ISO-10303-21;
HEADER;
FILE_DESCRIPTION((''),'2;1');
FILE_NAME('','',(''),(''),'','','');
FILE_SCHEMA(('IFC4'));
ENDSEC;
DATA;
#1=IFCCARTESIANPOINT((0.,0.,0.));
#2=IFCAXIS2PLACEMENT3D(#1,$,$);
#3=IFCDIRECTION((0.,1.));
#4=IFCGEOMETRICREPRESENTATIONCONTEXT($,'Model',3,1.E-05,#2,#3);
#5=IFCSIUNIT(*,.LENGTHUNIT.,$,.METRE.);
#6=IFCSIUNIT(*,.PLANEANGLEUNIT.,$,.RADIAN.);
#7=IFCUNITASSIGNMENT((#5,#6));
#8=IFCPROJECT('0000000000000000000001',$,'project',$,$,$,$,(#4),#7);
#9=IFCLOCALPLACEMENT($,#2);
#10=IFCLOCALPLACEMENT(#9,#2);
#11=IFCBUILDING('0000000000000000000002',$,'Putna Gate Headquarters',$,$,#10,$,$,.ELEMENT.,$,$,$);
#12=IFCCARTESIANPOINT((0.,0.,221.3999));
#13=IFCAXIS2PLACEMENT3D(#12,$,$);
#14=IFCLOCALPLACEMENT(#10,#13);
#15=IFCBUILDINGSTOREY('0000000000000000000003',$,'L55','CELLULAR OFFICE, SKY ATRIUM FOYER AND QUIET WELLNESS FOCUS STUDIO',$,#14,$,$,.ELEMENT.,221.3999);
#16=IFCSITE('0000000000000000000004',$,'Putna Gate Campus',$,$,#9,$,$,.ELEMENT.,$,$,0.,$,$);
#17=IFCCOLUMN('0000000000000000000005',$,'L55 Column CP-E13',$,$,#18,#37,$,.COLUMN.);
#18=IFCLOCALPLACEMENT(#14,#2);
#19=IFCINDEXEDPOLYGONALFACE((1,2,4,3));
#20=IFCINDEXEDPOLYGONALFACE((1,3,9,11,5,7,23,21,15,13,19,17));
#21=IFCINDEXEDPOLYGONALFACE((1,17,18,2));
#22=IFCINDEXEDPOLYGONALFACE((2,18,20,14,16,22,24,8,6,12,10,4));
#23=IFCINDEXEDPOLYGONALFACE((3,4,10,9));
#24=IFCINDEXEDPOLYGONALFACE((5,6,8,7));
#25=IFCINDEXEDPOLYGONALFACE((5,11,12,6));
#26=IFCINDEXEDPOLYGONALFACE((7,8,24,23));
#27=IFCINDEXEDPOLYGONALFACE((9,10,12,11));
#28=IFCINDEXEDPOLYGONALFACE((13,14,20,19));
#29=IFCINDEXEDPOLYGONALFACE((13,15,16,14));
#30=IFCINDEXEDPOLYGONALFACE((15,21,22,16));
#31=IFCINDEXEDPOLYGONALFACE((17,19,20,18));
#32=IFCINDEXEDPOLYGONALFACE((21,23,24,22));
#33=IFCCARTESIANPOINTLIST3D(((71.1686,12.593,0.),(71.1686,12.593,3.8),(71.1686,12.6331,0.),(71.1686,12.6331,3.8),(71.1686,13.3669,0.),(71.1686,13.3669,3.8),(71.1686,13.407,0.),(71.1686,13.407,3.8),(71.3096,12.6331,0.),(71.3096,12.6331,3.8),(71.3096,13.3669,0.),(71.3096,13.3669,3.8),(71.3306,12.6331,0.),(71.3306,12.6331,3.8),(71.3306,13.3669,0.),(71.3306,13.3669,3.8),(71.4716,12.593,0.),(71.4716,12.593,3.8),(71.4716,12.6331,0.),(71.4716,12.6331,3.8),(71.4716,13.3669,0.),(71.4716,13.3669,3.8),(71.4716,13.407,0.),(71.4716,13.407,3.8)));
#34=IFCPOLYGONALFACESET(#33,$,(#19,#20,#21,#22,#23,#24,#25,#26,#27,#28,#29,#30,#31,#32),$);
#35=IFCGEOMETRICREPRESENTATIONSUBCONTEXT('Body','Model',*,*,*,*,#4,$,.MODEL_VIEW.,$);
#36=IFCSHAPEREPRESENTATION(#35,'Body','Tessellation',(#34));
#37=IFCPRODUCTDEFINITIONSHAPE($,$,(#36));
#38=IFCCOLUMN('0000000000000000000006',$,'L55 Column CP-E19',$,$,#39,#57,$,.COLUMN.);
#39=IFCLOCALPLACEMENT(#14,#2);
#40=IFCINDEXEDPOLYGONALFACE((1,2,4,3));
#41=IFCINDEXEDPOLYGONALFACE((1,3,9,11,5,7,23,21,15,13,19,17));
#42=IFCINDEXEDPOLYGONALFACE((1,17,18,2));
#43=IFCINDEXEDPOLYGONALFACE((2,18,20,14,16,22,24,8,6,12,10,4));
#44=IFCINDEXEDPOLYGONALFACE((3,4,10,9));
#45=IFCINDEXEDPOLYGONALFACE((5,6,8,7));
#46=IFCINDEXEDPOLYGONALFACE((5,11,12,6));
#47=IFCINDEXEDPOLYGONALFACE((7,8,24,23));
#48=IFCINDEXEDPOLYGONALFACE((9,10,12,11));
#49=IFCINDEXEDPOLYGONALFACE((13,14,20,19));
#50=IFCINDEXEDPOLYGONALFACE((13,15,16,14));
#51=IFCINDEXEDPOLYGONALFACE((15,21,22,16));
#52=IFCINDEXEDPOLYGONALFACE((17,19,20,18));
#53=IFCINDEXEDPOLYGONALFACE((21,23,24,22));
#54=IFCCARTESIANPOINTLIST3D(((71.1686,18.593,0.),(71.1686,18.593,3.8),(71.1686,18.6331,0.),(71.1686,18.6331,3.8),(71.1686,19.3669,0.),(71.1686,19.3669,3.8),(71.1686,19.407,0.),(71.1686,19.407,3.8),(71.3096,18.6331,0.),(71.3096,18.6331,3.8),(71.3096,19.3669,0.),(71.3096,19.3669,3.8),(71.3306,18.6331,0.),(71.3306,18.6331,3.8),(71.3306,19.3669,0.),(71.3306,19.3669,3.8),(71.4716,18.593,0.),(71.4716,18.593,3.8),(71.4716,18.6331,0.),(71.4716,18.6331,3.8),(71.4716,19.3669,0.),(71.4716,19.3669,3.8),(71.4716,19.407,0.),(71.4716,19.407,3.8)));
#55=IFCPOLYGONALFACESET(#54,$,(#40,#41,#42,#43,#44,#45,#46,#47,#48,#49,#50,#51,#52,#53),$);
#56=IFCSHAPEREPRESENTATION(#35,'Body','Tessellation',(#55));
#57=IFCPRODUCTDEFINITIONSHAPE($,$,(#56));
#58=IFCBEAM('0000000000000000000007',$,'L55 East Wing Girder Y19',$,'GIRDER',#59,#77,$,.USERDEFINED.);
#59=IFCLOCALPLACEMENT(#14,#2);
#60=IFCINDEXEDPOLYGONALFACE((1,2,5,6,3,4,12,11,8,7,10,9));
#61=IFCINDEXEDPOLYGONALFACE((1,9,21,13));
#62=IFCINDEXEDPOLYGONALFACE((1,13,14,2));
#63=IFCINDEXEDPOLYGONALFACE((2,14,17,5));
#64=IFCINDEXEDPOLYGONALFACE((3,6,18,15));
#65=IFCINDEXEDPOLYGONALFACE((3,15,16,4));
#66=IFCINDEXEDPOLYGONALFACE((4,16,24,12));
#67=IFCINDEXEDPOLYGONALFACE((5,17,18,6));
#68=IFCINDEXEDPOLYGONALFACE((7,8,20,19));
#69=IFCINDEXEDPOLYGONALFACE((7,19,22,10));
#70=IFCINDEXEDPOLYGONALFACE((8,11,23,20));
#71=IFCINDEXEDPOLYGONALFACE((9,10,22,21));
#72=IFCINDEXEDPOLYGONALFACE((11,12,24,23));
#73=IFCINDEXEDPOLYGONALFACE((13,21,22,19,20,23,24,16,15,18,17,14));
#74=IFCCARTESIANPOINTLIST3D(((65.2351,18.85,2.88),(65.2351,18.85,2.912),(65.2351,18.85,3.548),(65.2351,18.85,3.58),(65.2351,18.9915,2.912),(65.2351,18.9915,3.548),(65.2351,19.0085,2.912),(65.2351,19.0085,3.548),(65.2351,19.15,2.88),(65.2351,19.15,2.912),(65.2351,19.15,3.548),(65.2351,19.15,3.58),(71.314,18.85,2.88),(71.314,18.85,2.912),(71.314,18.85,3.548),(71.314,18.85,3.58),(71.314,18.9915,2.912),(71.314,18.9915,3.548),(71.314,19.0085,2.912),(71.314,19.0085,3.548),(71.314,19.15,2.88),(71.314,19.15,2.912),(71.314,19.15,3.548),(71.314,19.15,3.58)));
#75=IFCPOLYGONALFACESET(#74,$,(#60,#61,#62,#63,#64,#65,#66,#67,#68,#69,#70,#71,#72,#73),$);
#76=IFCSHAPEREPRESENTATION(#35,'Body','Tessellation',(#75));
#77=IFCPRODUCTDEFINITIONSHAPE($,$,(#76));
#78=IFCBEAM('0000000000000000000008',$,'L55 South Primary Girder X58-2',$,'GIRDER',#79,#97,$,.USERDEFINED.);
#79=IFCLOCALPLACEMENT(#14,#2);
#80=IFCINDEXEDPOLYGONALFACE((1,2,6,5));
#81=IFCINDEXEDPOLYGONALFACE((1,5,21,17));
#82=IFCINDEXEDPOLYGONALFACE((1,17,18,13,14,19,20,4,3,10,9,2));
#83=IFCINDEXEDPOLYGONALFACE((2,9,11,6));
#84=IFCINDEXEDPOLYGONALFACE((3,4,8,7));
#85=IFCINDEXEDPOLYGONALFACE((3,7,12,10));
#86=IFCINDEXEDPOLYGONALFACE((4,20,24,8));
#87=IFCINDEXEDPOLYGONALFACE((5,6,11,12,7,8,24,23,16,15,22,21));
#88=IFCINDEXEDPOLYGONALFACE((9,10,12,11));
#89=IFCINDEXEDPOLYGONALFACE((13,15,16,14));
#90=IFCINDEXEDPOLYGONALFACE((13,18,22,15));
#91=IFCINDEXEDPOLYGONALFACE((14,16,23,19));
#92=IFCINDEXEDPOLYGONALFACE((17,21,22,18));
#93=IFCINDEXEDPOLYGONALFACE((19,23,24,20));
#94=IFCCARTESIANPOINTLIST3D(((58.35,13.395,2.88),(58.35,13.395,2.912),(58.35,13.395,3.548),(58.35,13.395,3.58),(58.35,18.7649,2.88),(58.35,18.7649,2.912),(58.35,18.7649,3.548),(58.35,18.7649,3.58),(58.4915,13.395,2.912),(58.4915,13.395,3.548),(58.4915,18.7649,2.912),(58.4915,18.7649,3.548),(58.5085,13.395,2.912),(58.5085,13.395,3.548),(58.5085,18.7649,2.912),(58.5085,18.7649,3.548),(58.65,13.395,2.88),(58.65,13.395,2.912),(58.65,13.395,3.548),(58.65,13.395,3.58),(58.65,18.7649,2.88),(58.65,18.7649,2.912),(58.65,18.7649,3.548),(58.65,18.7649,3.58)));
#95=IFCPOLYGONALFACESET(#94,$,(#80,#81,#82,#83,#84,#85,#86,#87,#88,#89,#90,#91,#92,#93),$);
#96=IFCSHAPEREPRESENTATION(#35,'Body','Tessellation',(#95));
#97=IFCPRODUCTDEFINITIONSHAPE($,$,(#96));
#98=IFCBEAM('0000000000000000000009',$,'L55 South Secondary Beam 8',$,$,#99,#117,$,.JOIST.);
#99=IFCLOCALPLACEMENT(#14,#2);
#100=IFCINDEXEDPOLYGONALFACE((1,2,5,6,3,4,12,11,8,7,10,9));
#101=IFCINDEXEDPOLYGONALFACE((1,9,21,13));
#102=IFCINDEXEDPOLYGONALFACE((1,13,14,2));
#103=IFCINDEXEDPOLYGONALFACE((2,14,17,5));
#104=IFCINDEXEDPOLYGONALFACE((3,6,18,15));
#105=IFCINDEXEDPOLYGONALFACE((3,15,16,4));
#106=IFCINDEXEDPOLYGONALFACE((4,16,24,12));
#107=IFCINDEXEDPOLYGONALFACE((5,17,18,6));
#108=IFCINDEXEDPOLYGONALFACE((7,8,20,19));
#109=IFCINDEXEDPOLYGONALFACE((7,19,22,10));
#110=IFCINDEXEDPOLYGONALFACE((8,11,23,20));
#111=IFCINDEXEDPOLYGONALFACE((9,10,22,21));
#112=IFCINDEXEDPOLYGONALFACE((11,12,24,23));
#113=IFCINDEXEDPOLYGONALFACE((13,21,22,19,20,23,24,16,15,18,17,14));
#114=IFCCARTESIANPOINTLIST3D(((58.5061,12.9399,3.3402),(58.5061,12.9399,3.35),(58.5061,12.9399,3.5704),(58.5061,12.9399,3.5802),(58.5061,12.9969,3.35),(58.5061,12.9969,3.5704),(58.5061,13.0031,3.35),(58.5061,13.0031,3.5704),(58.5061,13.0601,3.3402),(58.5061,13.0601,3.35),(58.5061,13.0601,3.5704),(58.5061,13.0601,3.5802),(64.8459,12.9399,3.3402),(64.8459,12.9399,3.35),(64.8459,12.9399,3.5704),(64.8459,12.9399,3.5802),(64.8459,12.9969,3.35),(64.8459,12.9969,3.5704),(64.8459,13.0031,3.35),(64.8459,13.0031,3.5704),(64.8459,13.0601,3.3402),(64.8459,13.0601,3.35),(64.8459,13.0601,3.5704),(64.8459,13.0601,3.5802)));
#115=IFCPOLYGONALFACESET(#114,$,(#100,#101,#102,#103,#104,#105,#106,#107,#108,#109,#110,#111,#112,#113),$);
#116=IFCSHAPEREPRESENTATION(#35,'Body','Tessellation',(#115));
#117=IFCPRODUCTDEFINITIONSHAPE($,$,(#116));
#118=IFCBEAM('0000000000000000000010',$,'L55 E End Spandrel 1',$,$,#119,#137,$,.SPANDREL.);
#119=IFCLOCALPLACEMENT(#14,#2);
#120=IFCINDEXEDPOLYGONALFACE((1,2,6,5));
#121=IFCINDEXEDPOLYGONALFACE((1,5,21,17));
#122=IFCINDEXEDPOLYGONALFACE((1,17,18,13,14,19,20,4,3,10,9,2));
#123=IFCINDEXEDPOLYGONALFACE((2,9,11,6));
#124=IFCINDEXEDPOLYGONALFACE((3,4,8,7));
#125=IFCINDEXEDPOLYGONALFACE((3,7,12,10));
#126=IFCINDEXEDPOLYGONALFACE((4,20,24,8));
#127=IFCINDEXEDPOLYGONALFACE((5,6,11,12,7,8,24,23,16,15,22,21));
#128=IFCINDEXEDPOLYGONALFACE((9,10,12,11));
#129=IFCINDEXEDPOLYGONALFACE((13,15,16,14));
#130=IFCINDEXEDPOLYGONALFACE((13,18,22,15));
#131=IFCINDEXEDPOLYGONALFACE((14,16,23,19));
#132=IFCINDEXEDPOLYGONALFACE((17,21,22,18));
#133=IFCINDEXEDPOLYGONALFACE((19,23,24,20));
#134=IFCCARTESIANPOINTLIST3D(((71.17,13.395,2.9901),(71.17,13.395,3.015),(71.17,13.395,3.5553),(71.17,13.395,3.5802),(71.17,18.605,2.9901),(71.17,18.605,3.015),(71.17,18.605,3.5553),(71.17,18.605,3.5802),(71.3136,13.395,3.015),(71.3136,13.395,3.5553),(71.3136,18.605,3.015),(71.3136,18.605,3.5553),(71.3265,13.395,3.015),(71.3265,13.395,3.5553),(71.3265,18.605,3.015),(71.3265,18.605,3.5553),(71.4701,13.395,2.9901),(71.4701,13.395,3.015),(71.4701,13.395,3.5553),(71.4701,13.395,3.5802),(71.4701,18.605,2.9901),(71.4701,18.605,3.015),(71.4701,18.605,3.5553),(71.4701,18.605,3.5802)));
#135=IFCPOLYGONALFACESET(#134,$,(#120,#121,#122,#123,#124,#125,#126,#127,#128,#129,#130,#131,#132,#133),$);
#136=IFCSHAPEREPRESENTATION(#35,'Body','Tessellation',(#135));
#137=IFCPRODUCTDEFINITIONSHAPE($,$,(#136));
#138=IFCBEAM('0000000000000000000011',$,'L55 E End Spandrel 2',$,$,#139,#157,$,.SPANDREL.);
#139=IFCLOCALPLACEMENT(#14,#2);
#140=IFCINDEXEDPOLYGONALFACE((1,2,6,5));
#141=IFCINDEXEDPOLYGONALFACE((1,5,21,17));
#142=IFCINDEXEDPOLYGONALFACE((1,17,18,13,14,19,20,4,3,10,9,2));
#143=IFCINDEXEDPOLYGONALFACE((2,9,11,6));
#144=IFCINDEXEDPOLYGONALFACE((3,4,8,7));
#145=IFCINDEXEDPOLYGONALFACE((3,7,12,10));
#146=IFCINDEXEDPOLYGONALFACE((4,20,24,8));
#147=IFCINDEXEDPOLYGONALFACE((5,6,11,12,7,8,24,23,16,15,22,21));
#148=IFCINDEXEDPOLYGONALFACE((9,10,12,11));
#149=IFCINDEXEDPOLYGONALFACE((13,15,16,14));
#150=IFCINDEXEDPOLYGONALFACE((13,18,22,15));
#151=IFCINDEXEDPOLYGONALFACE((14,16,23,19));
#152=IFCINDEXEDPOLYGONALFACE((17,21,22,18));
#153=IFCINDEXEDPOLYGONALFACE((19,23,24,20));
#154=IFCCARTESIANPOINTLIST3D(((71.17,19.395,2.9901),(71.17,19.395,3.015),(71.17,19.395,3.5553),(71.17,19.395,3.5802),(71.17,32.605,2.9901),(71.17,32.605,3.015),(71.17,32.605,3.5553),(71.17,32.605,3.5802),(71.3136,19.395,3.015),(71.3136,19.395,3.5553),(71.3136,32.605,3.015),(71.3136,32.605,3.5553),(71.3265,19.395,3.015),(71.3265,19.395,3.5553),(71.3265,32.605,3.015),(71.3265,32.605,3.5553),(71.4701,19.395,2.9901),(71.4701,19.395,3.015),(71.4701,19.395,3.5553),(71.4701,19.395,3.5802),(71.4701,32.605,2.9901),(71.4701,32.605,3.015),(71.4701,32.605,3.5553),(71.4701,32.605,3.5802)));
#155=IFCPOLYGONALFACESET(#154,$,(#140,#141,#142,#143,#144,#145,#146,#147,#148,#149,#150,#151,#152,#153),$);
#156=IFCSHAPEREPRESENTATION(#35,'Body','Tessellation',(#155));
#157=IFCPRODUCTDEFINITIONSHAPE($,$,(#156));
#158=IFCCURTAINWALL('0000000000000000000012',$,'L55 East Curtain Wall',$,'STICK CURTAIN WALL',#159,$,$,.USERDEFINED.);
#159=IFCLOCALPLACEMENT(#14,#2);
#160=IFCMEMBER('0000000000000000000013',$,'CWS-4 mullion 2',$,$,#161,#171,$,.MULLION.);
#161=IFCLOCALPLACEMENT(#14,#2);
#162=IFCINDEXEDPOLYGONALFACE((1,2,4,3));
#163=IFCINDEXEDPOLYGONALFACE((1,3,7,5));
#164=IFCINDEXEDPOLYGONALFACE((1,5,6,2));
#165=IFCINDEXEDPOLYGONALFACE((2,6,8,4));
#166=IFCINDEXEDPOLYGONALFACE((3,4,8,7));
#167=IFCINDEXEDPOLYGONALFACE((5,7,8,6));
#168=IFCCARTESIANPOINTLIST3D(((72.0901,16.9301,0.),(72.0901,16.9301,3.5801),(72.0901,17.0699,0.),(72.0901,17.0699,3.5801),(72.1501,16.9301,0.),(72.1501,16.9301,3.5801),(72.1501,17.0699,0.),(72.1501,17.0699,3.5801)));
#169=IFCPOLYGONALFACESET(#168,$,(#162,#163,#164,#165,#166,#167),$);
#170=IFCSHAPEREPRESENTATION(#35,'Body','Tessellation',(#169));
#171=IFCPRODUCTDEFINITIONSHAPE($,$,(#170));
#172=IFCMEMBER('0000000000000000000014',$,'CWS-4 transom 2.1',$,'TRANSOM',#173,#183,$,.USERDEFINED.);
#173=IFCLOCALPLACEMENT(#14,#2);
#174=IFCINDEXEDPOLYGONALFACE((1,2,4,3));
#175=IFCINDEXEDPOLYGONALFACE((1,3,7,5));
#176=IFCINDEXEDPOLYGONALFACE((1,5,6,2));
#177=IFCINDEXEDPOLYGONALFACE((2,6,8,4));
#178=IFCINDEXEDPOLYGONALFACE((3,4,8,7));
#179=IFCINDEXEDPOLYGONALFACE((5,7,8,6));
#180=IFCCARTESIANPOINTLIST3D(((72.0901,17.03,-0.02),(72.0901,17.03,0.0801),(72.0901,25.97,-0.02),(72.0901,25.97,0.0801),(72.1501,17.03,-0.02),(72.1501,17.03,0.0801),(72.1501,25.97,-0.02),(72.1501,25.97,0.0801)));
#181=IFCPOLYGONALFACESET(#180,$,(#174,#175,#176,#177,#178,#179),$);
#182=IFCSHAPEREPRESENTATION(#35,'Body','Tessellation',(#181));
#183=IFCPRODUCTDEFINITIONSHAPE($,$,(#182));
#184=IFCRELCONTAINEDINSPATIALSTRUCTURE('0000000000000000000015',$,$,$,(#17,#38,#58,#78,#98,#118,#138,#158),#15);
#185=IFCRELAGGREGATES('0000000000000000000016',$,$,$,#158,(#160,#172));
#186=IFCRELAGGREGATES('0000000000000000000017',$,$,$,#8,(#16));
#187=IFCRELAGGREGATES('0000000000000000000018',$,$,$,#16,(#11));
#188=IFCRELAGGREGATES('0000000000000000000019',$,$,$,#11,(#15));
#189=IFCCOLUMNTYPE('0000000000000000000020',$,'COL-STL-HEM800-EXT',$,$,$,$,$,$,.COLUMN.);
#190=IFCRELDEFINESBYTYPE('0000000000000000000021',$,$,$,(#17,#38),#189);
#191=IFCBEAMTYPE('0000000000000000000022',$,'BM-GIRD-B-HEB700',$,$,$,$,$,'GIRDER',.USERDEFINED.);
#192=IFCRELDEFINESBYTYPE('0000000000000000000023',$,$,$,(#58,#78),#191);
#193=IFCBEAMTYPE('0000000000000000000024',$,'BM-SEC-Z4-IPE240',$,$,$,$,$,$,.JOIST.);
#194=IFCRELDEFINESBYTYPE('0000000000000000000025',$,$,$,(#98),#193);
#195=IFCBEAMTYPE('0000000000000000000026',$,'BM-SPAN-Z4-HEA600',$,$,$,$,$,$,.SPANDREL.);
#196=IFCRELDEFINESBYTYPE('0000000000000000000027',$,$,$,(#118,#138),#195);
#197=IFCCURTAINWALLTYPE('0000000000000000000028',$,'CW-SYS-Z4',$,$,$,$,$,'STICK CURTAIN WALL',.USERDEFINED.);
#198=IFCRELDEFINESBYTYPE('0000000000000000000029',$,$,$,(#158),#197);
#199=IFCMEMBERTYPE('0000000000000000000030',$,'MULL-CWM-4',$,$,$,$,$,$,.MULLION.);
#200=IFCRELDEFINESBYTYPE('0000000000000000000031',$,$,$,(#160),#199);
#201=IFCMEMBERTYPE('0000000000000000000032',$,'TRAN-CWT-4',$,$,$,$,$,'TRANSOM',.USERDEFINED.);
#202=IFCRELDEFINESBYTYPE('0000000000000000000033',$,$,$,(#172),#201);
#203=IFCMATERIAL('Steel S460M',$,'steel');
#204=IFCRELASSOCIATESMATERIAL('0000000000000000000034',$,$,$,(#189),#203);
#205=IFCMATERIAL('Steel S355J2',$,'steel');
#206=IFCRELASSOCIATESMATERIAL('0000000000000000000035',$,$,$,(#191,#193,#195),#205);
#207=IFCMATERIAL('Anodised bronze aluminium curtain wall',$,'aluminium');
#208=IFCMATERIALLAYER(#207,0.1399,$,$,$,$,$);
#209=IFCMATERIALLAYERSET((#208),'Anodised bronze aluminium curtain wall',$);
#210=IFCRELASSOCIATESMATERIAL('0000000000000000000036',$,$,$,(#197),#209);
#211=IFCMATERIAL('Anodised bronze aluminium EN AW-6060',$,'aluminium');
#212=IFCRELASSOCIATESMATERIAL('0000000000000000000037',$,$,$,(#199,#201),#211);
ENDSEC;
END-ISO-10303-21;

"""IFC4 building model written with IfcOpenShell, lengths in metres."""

from ifc_helpers import new_model, si_unit, direction, frame, origin, origin_2d, place, context, subcontext, project, spatial, rectangle, i_section, extrude, material, layer, layer_set, material_profile, profile_set, type_object, element, aggregate, save


model = new_model("IFC4")

# Units and contexts
model_context = context("Model", 3, precision=1e-05, world=origin(), true_north=direction((0.0, 1.0)))
body_context = subcontext(model_context, "Body", "Model", "MODEL_VIEW")
ifc_project = project(units=[si_unit("LENGTHUNIT", "METRE"), si_unit("PLANEANGLEUNIT", "RADIAN")], contexts=[model_context])

# Site, building, storey
site_placement = place(None, origin())
site = spatial("IfcSite", under=ifc_project, at=site_placement, Name="Putna Gate Campus", CompositionType="ELEMENT", RefElevation=0.0)
building_placement = place(site_placement, origin())
building = spatial("IfcBuilding", under=site, at=building_placement, Name="Putna Gate Headquarters", CompositionType="ELEMENT")
storey_placement = place(building_placement, frame((0.0, 0.0, 221.3999)))
storey = spatial("IfcBuildingStorey", under=building, at=storey_placement, Name="L55", Description="CELLULAR OFFICE, SKY ATRIUM FOYER AND QUIET WELLNESS FOCUS STUDIO", CompositionType="ELEMENT", Elevation=221.3999)

# Columns
ifc_material_1 = material(Name="Steel S460M", Category="steel")
ifc_material_profile_1 = material_profile(ifc_material_1, i_section(OverallWidth=0.303, OverallDepth=0.814, WebThickness=0.021, FlangeThickness=0.04, at=origin_2d()), Name="Steel S460M")
ifc_profile_set_1 = profile_set([ifc_material_profile_1], Name="Steel S460M")
column_type = type_object("IfcColumnType", Name="COL-STL-HEM800-EXT", PredefinedType="COLUMN", material=ifc_profile_set_1)
for number, where, z_axis, x_axis, name in (
    (1, (71.3201, 13.0, 0.0), (0.0, 0.0, 1.0), (1.0, 0.0, 0.0), "L55 Column CP-E13"),
    (2, (71.3201, 19.0, 0.0), (0.0, 0.0, 1.0), (1.0, 0.0, 0.0), "L55 Column CP-E19"),
):
    element("IfcColumn", number, at=place(storey_placement, frame(where, z_axis=z_axis, x_axis=x_axis)), inside=storey, type_object=column_type, Name=name, PredefinedType="COLUMN", context=body_context, shape_type="SweptSolid", body=[
        extrude(i_section(OverallWidth=0.303, OverallDepth=0.814, WebThickness=0.021, FlangeThickness=0.04, at=origin_2d()), origin(), (0.0, 0.0, 1.0), 3.8),
    ])

# Beams
ifc_material_2 = material(Name="Steel S355J2", Category="steel")
ifc_material_profile_2 = material_profile(ifc_material_2, i_section(OverallWidth=0.3, OverallDepth=0.7, WebThickness=0.0171, FlangeThickness=0.032, at=origin_2d()), Name="Steel S355J2")
ifc_profile_set_2 = profile_set([ifc_material_profile_2], Name="Steel S355J2")
beam_type_1 = type_object("IfcBeamType", Name="BM-GIRD-B-HEB700", ElementType="GIRDER", PredefinedType="USERDEFINED", material=ifc_profile_set_2)
beam_1_placement = place(storey_placement, frame((65.2351, 19.0, 3.23), z_axis=(1.0, 0.0, 0.0), x_axis=(0.0, 1.0, 0.0)))
element("IfcBeam", 3, at=beam_1_placement, inside=storey, type_object=beam_type_1, Name="L55 East Wing Girder Y19", ObjectType="GIRDER", PredefinedType="USERDEFINED", context=body_context, shape_type="SweptSolid", body=[
    extrude(i_section(OverallWidth=0.3, OverallDepth=0.7, WebThickness=0.0171, FlangeThickness=0.032, at=origin_2d()), origin(), (0.0, 0.0, 1.0), 6.0789),
])
beam_2_placement = place(storey_placement, frame((58.5, 13.395, 3.23), z_axis=(0.0, 1.0, 0.0), x_axis=(-1.0, 0.0, 0.0)))
element("IfcBeam", 4, at=beam_2_placement, inside=storey, type_object=beam_type_1, Name="L55 South Primary Girder X58-2", ObjectType="GIRDER", PredefinedType="USERDEFINED", context=body_context, shape_type="SweptSolid", body=[
    extrude(i_section(OverallWidth=0.3, OverallDepth=0.7, WebThickness=0.0171, FlangeThickness=0.032, at=origin_2d()), origin(), (0.0, 0.0, 1.0), 5.3699),
])
ifc_material_profile_3 = material_profile(ifc_material_2, i_section(OverallWidth=0.1201, OverallDepth=0.24, WebThickness=0.0061, FlangeThickness=0.0098, at=origin_2d()), Name="Steel S355J2")
ifc_profile_set_3 = profile_set([ifc_material_profile_3], Name="Steel S355J2")
beam_type_2 = type_object("IfcBeamType", Name="BM-SEC-Z4-IPE240", PredefinedType="JOIST", material=ifc_profile_set_3)
beam_3_placement = place(storey_placement, frame((58.5061, 13.0, 3.4602), z_axis=(1.0, 0.0, 0.0), x_axis=(0.0, 1.0, 0.0)))
element("IfcBeam", 5, at=beam_3_placement, inside=storey, type_object=beam_type_2, Name="L55 South Secondary Beam 8", PredefinedType="JOIST", context=body_context, shape_type="SweptSolid", body=[
    extrude(i_section(OverallWidth=0.1201, OverallDepth=0.24, WebThickness=0.0061, FlangeThickness=0.0098, at=origin_2d()), origin(), (0.0, 0.0, 1.0), 6.3398),
])
ifc_material_profile_4 = material_profile(ifc_material_2, i_section(OverallWidth=0.3, OverallDepth=0.5901, WebThickness=0.0129, FlangeThickness=0.0249, at=origin_2d()), Name="Steel S355J2")
ifc_profile_set_4 = profile_set([ifc_material_profile_4], Name="Steel S355J2")
beam_type_3 = type_object("IfcBeamType", Name="BM-SPAN-Z4-HEA600", PredefinedType="SPANDREL", material=ifc_profile_set_4)
beam_4_placement = place(storey_placement, frame((71.3201, 13.395, 3.2852), z_axis=(0.0, 1.0, 0.0), x_axis=(-1.0, 0.0, 0.0)))
element("IfcBeam", 6, at=beam_4_placement, inside=storey, type_object=beam_type_3, Name="L55 E End Spandrel 1", PredefinedType="SPANDREL", context=body_context, shape_type="SweptSolid", body=[
    extrude(i_section(OverallWidth=0.3, OverallDepth=0.5901, WebThickness=0.0129, FlangeThickness=0.0249, at=origin_2d()), origin(), (0.0, 0.0, 1.0), 5.21),
])
beam_5_placement = place(storey_placement, frame((71.3201, 19.395, 3.2852), z_axis=(0.0, 1.0, 0.0), x_axis=(-1.0, 0.0, 0.0)))
element("IfcBeam", 7, at=beam_5_placement, inside=storey, type_object=beam_type_3, Name="L55 E End Spandrel 2", PredefinedType="SPANDREL", context=body_context, shape_type="SweptSolid", body=[
    extrude(i_section(OverallWidth=0.3, OverallDepth=0.5901, WebThickness=0.0129, FlangeThickness=0.0249, at=origin_2d()), origin(), (0.0, 0.0, 1.0), 13.21),
])

# Curtain wall, members
ifc_material_3 = material(Name="Anodised bronze aluminium curtain wall", Category="aluminium")
ifc_layer_1 = layer(ifc_material_3, 0.1399)
ifc_layer_set_1 = layer_set([ifc_layer_1], Name="Anodised bronze aluminium curtain wall")
curtain_wall_type = type_object("IfcCurtainWallType", Name="CW-SYS-Z4", ElementType="STICK CURTAIN WALL", PredefinedType="USERDEFINED", material=ifc_layer_set_1)
curtain_wall_placement = place(storey_placement, origin())
curtain_wall = element("IfcCurtainWall", 8, at=curtain_wall_placement, inside=storey, type_object=curtain_wall_type, Name="L55 East Curtain Wall", ObjectType="STICK CURTAIN WALL", PredefinedType="USERDEFINED")
ifc_material_4 = material(Name="Anodised bronze aluminium EN AW-6060", Category="aluminium")
ifc_material_profile_5 = material_profile(ifc_material_4, rectangle(XDim=0.0601, YDim=0.1399, at=origin_2d()), Name="Anodised bronze aluminium EN AW-6060")
ifc_profile_set_5 = profile_set([ifc_material_profile_5], Name="Anodised bronze aluminium EN AW-6060")
member_type_1 = type_object("IfcMemberType", Name="MULL-CWM-4", PredefinedType="MULLION", material=ifc_profile_set_5)
member_1_placement = place(storey_placement, frame((72.1201, 17.0, 0.0), z_axis=(0.0, 0.0, 1.0), x_axis=(-1.0, 0.0, 0.0)))
member_1 = element("IfcMember", 9, at=member_1_placement, type_object=member_type_1, Name="CWS-4 mullion 2", PredefinedType="MULLION", context=body_context, shape_type="SweptSolid", body=[
    extrude(rectangle(XDim=0.0601, YDim=0.1399, at=origin_2d()), origin(), (0.0, 0.0, 1.0), 3.5801),
])
ifc_material_profile_6 = material_profile(ifc_material_4, rectangle(XDim=0.0601, YDim=0.1001, at=origin_2d()), Name="Anodised bronze aluminium EN AW-6060")
ifc_profile_set_6 = profile_set([ifc_material_profile_6], Name="Anodised bronze aluminium EN AW-6060")
member_type_2 = type_object("IfcMemberType", Name="TRAN-CWT-4", ElementType="TRANSOM", PredefinedType="USERDEFINED", material=ifc_profile_set_6)
member_2_placement = place(storey_placement, frame((72.1201, 17.03, 0.03), z_axis=(0.0, 1.0, 0.0), x_axis=(-1.0, 0.0, 0.0)))
member_2 = element("IfcMember", 10, at=member_2_placement, type_object=member_type_2, Name="CWS-4 transom 2.1", ObjectType="TRANSOM", PredefinedType="USERDEFINED", context=body_context, shape_type="SweptSolid", body=[
    extrude(rectangle(XDim=0.0601, YDim=0.1001, at=origin_2d()), origin(), (0.0, 0.0, 1.0), 8.9399),
])
aggregate(curtain_wall, [member_1, member_2])

save(model, "model.ifc")
